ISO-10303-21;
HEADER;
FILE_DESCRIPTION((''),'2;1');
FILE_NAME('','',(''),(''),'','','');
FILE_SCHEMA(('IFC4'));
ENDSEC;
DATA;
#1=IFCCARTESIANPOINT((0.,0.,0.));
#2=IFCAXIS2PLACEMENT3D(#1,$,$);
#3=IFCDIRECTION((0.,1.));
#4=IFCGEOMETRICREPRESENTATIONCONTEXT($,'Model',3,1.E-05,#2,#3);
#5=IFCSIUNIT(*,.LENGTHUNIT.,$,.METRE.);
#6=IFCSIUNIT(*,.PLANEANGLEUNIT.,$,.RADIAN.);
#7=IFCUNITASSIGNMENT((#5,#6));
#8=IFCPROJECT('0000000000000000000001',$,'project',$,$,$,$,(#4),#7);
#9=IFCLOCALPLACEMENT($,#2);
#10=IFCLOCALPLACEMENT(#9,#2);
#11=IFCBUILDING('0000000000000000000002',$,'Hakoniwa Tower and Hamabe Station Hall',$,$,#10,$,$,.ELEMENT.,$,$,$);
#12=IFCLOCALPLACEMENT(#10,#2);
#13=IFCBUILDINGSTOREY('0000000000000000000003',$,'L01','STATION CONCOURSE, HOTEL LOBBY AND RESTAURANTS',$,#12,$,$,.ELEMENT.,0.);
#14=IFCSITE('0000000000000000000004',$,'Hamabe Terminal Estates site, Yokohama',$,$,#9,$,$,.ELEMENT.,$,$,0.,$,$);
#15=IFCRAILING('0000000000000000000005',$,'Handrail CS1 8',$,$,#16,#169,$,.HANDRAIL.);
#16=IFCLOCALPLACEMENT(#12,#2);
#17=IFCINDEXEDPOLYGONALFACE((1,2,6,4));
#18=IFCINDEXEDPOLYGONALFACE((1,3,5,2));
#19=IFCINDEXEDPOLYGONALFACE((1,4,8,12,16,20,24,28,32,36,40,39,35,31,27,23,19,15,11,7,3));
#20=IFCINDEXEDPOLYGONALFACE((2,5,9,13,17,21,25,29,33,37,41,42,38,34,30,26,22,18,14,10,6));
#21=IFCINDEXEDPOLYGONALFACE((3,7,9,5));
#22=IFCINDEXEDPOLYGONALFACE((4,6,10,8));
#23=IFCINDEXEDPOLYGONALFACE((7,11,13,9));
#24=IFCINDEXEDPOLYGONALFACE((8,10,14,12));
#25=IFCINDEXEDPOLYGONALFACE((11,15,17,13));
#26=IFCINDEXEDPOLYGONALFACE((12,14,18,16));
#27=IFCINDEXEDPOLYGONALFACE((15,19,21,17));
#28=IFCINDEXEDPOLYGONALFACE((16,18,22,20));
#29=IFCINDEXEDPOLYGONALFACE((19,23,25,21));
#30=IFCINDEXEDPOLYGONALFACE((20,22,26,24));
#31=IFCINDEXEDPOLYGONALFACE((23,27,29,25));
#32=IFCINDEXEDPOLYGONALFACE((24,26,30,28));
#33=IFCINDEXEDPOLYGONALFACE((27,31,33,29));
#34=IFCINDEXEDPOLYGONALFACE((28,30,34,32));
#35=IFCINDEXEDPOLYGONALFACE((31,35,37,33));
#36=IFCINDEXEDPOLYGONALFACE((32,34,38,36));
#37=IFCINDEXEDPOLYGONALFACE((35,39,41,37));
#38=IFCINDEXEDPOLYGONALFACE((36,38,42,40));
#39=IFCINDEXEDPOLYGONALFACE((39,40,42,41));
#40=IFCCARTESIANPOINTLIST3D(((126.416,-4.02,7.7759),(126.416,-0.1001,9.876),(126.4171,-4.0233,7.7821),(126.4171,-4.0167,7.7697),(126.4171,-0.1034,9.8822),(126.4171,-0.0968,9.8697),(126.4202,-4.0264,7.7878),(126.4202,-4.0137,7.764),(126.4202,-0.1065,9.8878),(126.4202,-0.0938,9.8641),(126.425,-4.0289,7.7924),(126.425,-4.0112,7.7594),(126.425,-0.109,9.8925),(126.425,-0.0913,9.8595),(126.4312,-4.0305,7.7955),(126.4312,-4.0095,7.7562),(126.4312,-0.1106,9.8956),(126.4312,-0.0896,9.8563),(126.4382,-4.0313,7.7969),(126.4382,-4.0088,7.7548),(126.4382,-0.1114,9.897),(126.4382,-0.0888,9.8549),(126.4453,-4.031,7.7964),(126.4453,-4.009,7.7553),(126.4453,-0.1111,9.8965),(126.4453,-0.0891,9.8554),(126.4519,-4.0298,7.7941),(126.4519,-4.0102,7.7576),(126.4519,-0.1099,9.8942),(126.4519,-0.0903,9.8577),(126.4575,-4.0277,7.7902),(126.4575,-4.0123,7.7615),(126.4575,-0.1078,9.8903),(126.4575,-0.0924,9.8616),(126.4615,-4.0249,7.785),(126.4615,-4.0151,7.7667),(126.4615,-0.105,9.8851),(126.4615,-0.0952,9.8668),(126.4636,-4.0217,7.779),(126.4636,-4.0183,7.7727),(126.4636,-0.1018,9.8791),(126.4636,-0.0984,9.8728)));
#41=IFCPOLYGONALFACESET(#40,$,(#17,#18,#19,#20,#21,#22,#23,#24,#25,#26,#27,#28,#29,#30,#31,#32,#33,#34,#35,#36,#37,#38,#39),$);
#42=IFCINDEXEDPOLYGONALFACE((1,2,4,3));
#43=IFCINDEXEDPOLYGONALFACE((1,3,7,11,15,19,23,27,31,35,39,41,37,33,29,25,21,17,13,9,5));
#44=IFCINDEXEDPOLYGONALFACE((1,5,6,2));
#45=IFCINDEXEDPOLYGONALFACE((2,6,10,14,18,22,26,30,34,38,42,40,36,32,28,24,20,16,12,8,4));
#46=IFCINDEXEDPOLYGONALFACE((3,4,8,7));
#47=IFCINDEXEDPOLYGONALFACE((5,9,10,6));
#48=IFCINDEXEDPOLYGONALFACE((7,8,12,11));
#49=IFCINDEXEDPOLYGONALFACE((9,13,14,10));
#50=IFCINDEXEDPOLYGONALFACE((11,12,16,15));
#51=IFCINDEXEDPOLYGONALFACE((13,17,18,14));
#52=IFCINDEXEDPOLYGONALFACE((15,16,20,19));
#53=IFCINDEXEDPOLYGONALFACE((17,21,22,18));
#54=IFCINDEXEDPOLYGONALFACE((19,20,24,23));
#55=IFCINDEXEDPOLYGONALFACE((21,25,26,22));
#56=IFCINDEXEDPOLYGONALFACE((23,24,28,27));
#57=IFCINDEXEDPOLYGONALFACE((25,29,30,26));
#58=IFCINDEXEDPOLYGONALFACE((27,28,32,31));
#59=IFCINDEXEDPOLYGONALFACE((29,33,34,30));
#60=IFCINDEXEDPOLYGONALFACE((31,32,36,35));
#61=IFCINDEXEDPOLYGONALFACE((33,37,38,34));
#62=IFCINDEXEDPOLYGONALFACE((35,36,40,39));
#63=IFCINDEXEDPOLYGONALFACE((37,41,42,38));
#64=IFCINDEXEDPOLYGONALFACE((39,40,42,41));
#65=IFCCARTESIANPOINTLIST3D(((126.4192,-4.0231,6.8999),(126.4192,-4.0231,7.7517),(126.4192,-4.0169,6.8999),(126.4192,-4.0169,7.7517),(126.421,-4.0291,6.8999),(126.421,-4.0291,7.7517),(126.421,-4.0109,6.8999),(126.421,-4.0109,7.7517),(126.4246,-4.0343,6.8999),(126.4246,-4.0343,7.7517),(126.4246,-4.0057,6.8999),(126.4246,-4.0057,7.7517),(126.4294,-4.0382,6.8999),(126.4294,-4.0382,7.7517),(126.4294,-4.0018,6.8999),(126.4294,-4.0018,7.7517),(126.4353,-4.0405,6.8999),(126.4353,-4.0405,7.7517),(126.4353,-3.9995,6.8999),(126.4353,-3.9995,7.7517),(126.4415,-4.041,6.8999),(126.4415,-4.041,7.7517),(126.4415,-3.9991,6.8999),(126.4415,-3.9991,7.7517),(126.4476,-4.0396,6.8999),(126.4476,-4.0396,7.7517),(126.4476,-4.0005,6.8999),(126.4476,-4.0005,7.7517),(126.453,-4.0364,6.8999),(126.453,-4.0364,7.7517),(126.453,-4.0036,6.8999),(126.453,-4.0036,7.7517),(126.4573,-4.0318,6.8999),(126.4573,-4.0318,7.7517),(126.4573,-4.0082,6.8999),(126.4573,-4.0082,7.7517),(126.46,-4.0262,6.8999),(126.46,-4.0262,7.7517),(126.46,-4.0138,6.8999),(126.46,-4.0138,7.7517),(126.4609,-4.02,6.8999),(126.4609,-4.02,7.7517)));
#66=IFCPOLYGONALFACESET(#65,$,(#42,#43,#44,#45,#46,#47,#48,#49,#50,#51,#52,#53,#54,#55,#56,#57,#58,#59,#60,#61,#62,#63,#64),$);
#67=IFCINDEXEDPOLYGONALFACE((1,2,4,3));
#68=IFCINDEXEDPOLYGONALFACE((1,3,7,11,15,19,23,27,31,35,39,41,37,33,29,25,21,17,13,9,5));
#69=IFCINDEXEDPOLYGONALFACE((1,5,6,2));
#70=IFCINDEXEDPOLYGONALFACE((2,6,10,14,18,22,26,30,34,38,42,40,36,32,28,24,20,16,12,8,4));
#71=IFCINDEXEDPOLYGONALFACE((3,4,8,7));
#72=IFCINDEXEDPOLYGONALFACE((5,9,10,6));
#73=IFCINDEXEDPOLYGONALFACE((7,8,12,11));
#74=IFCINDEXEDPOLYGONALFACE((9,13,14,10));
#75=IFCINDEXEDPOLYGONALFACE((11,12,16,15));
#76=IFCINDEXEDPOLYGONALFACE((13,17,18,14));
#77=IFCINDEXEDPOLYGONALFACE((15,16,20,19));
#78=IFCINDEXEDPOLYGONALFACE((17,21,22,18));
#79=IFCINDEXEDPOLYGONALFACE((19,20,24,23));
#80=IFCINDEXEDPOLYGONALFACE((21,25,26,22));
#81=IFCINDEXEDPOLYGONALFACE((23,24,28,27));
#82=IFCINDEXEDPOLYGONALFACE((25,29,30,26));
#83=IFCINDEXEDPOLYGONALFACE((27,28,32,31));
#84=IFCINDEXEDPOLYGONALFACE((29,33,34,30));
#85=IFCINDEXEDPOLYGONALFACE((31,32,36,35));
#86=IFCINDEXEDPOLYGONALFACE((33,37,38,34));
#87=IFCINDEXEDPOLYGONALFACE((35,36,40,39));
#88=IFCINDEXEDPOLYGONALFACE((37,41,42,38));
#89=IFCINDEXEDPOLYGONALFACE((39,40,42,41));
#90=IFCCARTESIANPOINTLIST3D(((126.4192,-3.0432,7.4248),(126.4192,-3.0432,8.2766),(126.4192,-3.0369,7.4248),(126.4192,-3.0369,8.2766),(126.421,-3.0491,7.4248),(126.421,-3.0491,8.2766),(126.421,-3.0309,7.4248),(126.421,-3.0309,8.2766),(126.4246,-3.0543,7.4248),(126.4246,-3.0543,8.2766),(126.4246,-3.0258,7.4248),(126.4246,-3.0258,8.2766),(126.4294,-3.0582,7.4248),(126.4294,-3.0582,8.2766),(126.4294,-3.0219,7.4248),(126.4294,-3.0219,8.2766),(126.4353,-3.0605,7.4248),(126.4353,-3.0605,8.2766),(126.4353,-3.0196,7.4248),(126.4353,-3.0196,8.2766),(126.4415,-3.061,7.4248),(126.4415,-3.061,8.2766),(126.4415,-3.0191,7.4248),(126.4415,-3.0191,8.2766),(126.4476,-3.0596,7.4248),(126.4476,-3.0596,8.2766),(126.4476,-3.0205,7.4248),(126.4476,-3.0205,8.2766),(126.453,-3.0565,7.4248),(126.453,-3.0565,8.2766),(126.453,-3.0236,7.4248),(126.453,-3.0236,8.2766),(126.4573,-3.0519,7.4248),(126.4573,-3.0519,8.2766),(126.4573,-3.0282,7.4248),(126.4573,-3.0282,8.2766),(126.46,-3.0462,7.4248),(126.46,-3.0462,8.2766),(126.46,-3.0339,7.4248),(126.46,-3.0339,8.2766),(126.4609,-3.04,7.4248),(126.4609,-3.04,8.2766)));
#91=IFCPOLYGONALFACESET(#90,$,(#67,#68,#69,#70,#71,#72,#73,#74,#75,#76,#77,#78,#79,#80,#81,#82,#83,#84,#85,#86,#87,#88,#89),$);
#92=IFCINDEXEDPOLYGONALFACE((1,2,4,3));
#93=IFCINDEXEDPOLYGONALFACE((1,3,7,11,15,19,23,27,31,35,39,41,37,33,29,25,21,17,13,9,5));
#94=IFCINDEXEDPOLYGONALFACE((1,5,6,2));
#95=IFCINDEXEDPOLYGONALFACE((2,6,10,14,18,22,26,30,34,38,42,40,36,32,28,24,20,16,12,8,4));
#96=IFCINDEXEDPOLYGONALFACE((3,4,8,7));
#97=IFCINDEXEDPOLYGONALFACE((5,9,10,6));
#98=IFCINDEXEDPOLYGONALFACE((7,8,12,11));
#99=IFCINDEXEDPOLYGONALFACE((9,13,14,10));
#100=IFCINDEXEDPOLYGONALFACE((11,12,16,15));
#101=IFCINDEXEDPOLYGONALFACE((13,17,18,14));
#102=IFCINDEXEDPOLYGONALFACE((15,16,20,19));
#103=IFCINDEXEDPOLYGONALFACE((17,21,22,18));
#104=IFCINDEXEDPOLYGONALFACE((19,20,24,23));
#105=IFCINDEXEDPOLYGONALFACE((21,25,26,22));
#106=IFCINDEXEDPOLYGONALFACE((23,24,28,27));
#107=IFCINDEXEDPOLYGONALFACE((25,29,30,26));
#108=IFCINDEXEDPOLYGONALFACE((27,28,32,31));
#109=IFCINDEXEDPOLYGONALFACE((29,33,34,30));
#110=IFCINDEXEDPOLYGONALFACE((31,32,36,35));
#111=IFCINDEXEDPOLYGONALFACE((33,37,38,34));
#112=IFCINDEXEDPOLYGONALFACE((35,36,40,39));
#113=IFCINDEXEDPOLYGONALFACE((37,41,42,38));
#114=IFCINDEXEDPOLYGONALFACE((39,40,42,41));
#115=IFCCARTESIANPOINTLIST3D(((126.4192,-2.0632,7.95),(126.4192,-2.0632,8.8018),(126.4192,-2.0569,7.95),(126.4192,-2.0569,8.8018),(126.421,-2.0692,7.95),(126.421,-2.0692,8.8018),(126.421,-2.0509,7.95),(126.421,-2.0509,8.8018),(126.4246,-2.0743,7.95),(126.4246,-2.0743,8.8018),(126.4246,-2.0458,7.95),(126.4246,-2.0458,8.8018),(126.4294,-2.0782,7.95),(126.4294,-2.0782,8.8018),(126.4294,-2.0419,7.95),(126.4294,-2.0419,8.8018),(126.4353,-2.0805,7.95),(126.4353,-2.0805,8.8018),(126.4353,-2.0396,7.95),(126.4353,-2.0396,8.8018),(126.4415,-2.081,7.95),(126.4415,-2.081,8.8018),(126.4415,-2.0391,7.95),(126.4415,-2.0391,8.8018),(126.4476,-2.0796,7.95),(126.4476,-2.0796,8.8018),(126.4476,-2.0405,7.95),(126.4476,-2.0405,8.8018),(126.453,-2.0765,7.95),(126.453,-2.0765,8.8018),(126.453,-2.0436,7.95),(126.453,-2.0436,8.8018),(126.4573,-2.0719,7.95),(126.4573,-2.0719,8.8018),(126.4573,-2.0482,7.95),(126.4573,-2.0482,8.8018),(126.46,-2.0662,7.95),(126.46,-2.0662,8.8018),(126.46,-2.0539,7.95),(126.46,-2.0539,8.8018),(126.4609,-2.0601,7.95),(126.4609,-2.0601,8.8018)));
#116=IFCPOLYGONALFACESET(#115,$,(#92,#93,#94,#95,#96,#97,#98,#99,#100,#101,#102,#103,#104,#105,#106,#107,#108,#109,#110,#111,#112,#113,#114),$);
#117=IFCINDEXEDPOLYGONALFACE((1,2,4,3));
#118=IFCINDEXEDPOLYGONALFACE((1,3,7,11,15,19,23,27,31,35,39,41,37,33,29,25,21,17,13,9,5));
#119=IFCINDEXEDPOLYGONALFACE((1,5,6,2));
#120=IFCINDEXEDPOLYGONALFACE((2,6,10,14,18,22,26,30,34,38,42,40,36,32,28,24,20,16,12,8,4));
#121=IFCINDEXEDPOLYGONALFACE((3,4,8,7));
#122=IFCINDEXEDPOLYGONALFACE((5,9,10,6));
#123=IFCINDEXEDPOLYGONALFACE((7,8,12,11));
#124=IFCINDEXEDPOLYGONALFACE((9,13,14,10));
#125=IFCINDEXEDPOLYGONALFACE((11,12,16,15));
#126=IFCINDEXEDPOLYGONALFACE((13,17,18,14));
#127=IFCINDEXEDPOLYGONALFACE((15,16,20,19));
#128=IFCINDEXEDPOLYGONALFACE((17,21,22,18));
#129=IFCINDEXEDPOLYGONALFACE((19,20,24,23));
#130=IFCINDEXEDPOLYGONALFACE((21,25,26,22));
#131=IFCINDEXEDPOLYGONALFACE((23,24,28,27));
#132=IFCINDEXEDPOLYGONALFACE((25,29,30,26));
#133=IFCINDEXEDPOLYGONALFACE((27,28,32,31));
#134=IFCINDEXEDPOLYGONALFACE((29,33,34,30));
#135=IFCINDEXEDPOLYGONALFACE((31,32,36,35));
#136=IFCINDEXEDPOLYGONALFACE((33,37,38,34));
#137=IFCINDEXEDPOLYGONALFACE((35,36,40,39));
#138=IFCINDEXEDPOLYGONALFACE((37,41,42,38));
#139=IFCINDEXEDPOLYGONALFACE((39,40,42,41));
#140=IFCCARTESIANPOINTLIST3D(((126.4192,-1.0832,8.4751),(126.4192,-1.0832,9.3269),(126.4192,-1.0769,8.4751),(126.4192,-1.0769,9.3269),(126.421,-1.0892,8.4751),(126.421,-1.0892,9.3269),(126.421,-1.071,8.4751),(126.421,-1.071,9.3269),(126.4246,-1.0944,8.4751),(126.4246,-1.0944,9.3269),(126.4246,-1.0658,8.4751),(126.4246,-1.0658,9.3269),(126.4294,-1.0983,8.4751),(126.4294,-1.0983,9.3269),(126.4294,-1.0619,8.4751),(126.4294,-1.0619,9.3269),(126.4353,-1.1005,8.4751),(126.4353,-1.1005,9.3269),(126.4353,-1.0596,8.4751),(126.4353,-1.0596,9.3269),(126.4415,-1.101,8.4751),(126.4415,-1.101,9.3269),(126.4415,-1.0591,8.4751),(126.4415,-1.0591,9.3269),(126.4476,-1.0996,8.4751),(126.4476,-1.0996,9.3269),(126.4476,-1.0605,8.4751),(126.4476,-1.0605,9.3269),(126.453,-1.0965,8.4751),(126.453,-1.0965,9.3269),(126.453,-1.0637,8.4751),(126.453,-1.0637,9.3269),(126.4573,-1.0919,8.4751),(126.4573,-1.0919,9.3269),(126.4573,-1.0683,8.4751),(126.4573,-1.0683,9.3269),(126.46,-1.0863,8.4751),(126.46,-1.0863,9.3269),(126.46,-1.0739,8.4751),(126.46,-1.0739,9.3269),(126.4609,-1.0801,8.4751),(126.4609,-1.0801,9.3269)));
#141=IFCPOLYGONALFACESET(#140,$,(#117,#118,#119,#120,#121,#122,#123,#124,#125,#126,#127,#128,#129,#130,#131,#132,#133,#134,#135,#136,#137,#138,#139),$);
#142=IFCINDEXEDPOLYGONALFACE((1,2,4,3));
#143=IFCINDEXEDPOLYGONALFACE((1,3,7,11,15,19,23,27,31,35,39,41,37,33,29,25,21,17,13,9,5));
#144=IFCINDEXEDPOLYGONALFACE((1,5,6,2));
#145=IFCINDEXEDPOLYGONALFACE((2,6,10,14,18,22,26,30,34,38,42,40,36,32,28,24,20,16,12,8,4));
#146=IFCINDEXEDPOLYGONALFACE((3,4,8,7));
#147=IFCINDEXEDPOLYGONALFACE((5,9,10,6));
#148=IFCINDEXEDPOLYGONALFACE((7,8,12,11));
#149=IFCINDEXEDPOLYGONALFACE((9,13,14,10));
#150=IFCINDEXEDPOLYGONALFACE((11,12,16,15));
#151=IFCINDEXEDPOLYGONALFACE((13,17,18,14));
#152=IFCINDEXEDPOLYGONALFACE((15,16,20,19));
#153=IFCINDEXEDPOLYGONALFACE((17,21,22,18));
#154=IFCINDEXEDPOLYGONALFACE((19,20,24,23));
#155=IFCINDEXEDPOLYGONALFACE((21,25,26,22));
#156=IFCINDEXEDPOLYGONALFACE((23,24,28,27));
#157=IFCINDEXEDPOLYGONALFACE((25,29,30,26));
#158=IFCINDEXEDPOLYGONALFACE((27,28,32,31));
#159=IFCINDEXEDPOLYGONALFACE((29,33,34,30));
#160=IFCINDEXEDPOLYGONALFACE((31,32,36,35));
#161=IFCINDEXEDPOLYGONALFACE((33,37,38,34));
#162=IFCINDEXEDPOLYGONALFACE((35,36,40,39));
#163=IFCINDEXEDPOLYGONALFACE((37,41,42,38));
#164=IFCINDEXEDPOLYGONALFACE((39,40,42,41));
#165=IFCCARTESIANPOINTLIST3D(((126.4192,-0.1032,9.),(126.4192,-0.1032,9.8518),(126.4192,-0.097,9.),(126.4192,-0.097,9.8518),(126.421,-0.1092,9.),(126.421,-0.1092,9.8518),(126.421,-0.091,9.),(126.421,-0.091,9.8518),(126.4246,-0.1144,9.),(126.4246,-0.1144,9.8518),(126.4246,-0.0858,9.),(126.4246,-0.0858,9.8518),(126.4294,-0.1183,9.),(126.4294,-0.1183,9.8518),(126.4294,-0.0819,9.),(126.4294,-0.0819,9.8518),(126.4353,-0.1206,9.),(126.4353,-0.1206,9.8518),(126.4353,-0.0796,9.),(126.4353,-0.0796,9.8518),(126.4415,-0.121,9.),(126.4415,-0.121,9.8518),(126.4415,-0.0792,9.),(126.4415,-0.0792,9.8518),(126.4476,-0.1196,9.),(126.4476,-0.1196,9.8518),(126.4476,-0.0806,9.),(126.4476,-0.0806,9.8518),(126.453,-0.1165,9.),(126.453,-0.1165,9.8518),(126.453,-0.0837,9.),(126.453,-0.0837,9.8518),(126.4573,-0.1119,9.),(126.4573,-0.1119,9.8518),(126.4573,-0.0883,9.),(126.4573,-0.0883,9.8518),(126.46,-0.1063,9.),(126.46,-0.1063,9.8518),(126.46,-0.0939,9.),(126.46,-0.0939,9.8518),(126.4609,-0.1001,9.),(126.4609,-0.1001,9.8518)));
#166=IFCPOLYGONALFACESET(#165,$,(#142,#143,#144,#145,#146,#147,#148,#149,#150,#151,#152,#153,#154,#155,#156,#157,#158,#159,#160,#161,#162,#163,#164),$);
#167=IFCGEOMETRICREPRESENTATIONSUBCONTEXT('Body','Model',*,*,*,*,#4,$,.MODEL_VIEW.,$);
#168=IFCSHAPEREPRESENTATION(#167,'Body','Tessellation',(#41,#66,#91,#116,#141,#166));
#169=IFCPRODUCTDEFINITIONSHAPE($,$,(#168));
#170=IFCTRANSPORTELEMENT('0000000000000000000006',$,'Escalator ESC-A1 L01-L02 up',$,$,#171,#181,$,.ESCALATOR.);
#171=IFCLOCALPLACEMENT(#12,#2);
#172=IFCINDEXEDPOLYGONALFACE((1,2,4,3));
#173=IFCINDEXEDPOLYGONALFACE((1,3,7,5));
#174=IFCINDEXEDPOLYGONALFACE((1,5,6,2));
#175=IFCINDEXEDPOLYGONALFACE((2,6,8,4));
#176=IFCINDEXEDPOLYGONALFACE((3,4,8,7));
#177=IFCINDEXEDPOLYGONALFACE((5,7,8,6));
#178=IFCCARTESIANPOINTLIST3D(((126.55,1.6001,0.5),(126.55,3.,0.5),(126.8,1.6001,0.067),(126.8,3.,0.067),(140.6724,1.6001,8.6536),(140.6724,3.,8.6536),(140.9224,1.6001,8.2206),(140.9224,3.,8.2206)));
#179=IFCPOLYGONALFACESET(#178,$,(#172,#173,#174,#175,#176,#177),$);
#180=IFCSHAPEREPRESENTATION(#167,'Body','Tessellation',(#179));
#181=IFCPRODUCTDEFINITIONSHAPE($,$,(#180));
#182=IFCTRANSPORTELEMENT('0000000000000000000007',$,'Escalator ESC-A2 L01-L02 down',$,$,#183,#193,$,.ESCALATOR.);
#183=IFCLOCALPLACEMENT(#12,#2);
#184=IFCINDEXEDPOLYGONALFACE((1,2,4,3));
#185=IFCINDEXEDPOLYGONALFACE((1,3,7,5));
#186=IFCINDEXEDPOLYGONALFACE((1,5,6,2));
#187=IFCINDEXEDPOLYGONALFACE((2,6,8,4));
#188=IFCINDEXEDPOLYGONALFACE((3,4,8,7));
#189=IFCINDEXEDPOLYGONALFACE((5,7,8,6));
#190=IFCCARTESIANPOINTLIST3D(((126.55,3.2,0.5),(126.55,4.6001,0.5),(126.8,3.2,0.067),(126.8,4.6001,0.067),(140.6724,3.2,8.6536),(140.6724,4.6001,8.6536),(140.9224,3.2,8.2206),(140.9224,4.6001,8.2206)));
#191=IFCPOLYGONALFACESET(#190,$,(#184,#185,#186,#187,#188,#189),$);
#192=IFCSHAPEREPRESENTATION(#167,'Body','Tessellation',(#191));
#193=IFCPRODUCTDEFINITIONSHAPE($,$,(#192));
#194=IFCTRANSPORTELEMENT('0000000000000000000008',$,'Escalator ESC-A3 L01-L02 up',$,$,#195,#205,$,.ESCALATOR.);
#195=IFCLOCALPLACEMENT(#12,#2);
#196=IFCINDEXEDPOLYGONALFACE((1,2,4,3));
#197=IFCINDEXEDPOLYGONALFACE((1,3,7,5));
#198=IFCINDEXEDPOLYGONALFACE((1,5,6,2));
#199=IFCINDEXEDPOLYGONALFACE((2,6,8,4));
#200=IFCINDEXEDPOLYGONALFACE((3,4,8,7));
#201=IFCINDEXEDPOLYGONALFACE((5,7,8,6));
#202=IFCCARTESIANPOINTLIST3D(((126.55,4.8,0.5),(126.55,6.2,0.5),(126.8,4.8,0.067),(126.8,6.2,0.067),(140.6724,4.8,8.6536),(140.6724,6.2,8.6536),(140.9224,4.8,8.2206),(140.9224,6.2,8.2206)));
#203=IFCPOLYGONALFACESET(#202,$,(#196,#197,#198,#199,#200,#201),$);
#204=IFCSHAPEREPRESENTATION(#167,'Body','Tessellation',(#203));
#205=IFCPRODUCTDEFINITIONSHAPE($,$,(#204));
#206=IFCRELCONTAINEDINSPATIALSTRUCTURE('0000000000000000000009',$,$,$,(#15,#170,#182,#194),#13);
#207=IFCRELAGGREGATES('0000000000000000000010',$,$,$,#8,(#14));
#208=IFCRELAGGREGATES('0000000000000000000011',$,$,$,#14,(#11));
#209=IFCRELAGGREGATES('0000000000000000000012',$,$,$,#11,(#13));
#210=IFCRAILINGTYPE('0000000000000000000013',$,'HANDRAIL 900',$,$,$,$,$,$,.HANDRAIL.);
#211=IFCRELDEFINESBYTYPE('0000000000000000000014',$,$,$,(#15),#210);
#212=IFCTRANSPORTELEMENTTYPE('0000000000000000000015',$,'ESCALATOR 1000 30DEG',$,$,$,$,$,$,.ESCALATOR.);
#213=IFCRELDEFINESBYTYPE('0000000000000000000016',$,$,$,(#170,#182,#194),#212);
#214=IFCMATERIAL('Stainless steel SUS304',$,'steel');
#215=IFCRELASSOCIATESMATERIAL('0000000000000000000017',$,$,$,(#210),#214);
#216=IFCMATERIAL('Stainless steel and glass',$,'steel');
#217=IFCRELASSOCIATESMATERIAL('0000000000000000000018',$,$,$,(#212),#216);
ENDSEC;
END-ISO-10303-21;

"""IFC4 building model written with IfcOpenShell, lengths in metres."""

from ifc_helpers import new_model, si_unit, direction, frame, origin, origin_2d, place, context, subcontext, project, spatial, polyline, circle, outline, extrude, material, type_object, element, save


model = new_model("IFC4")

# Units and contexts
model_context = context("Model", 3, precision=1e-05, world=origin(), true_north=direction((0.0, 1.0)))
body_context = subcontext(model_context, "Body", "Model", "MODEL_VIEW")
ifc_project = project(units=[si_unit("LENGTHUNIT", "METRE"), si_unit("PLANEANGLEUNIT", "RADIAN")], contexts=[model_context])

# Site, building, storey
site_placement = place(None, origin())
site = spatial("IfcSite", under=ifc_project, at=site_placement, Name="Hamabe Terminal Estates site, Yokohama", CompositionType="ELEMENT", RefElevation=0.0)
building_placement = place(site_placement, origin())
building = spatial("IfcBuilding", under=site, at=building_placement, Name="Hakoniwa Tower and Hamabe Station Hall", CompositionType="ELEMENT")
storey_placement = place(building_placement, origin())
storey = spatial("IfcBuildingStorey", under=building, at=storey_placement, Name="L01", Description="STATION CONCOURSE, HOTEL LOBBY AND RESTAURANTS", CompositionType="ELEMENT", Elevation=0.0)

# Railing
ifc_material_1 = material(Name="Stainless steel SUS304", Category="steel")
railing_type_1 = type_object("IfcRailingType", Name="HANDRAIL 900", PredefinedType="HANDRAIL", material=ifc_material_1)
for number, where, name in (
    (1, (126.4399, -4.02, 6.8999), "Handrail CS1 8"),
):
    element("IfcRailing", number, at=place(storey_placement, frame(where)), inside=storey, type_object=railing_type_1, Name=name, PredefinedType="HANDRAIL", context=body_context, shape_type="SweptSolid", body=[
        extrude(circle(Radius=0.0239, at=origin_2d()), frame((0.0, 0.0, 0.876), z_axis=(0.0, 0.881467, 0.472246), x_axis=(-1.0, 0.0, 0.0)), (0.0, 0.0, 1.0), 4.447),
        extrude(circle(Radius=0.021, at=origin_2d()), origin(), (0.0, 0.0, 1.0), 0.8518),
        extrude(circle(Radius=0.021, at=origin_2d()), frame((0.0, 0.98, 0.5249)), (0.0, 0.0, 1.0), 0.8518),
        extrude(circle(Radius=0.021, at=origin_2d()), frame((0.0, 1.96, 1.05)), (0.0, 0.0, 1.0), 0.8518),
        extrude(circle(Radius=0.021, at=origin_2d()), frame((0.0, 2.9399, 1.5752)), (0.0, 0.0, 1.0), 0.8518),
        extrude(circle(Radius=0.021, at=origin_2d()), frame((0.0, 3.9199, 2.1001)), (0.0, 0.0, 1.0), 0.8518),
    ])

# Transport elements
ifc_material_2 = material(Name="Stainless steel and glass", Category="steel")
transport_element_type = type_object("IfcTransportElementType", Name="ESCALATOR 1000 30DEG", PredefinedType="ESCALATOR", material=ifc_material_2)
transport_element_1_placement = place(storey_placement, frame((126.55, 1.6001, 0.5), z_axis=(-0.500002, 0.0, 0.866024), x_axis=(0.866024, 0.0, 0.500002)))
element("IfcTransportElement", 2, at=transport_element_1_placement, inside=storey, type_object=transport_element_type, Name="Escalator ESC-A1 L01-L02 up", PredefinedType="ESCALATOR", context=body_context, shape_type="SweptSolid", body=[
    extrude(outline(polyline([(0.0, 0.0), (16.3071, 0.0), (16.3071, 1.3999), (0.0, 1.3999), (0.0, 0.0)])), origin(), (0.0, 0.0, -1.0), 0.5),
])
transport_element_2_placement = place(storey_placement, frame((126.55, 3.2, 0.5), z_axis=(-0.500002, 0.0, 0.866024), x_axis=(0.866024, 0.0, 0.500002)))
element("IfcTransportElement", 3, at=transport_element_2_placement, inside=storey, type_object=transport_element_type, Name="Escalator ESC-A2 L01-L02 down", PredefinedType="ESCALATOR", context=body_context, shape_type="SweptSolid", body=[
    extrude(outline(polyline([(0.0, 0.0), (16.3071, 0.0), (16.3071, 1.4001), (0.0, 1.4001), (0.0, 0.0)])), origin(), (0.0, 0.0, -1.0), 0.5),
])
transport_element_3_placement = place(storey_placement, frame((126.55, 4.8, 0.5), z_axis=(-0.500002, 0.0, 0.866024), x_axis=(0.866024, 0.0, 0.500002)))
element("IfcTransportElement", 4, at=transport_element_3_placement, inside=storey, type_object=transport_element_type, Name="Escalator ESC-A3 L01-L02 up", PredefinedType="ESCALATOR", context=body_context, shape_type="SweptSolid", body=[
    extrude(outline(polyline([(0.0, 0.0), (16.3071, 0.0), (16.3071, 1.3999), (0.0, 1.3999), (0.0, 0.0)])), origin(), (0.0, 0.0, -1.0), 0.5),
])

save(model, "model.ifc")
